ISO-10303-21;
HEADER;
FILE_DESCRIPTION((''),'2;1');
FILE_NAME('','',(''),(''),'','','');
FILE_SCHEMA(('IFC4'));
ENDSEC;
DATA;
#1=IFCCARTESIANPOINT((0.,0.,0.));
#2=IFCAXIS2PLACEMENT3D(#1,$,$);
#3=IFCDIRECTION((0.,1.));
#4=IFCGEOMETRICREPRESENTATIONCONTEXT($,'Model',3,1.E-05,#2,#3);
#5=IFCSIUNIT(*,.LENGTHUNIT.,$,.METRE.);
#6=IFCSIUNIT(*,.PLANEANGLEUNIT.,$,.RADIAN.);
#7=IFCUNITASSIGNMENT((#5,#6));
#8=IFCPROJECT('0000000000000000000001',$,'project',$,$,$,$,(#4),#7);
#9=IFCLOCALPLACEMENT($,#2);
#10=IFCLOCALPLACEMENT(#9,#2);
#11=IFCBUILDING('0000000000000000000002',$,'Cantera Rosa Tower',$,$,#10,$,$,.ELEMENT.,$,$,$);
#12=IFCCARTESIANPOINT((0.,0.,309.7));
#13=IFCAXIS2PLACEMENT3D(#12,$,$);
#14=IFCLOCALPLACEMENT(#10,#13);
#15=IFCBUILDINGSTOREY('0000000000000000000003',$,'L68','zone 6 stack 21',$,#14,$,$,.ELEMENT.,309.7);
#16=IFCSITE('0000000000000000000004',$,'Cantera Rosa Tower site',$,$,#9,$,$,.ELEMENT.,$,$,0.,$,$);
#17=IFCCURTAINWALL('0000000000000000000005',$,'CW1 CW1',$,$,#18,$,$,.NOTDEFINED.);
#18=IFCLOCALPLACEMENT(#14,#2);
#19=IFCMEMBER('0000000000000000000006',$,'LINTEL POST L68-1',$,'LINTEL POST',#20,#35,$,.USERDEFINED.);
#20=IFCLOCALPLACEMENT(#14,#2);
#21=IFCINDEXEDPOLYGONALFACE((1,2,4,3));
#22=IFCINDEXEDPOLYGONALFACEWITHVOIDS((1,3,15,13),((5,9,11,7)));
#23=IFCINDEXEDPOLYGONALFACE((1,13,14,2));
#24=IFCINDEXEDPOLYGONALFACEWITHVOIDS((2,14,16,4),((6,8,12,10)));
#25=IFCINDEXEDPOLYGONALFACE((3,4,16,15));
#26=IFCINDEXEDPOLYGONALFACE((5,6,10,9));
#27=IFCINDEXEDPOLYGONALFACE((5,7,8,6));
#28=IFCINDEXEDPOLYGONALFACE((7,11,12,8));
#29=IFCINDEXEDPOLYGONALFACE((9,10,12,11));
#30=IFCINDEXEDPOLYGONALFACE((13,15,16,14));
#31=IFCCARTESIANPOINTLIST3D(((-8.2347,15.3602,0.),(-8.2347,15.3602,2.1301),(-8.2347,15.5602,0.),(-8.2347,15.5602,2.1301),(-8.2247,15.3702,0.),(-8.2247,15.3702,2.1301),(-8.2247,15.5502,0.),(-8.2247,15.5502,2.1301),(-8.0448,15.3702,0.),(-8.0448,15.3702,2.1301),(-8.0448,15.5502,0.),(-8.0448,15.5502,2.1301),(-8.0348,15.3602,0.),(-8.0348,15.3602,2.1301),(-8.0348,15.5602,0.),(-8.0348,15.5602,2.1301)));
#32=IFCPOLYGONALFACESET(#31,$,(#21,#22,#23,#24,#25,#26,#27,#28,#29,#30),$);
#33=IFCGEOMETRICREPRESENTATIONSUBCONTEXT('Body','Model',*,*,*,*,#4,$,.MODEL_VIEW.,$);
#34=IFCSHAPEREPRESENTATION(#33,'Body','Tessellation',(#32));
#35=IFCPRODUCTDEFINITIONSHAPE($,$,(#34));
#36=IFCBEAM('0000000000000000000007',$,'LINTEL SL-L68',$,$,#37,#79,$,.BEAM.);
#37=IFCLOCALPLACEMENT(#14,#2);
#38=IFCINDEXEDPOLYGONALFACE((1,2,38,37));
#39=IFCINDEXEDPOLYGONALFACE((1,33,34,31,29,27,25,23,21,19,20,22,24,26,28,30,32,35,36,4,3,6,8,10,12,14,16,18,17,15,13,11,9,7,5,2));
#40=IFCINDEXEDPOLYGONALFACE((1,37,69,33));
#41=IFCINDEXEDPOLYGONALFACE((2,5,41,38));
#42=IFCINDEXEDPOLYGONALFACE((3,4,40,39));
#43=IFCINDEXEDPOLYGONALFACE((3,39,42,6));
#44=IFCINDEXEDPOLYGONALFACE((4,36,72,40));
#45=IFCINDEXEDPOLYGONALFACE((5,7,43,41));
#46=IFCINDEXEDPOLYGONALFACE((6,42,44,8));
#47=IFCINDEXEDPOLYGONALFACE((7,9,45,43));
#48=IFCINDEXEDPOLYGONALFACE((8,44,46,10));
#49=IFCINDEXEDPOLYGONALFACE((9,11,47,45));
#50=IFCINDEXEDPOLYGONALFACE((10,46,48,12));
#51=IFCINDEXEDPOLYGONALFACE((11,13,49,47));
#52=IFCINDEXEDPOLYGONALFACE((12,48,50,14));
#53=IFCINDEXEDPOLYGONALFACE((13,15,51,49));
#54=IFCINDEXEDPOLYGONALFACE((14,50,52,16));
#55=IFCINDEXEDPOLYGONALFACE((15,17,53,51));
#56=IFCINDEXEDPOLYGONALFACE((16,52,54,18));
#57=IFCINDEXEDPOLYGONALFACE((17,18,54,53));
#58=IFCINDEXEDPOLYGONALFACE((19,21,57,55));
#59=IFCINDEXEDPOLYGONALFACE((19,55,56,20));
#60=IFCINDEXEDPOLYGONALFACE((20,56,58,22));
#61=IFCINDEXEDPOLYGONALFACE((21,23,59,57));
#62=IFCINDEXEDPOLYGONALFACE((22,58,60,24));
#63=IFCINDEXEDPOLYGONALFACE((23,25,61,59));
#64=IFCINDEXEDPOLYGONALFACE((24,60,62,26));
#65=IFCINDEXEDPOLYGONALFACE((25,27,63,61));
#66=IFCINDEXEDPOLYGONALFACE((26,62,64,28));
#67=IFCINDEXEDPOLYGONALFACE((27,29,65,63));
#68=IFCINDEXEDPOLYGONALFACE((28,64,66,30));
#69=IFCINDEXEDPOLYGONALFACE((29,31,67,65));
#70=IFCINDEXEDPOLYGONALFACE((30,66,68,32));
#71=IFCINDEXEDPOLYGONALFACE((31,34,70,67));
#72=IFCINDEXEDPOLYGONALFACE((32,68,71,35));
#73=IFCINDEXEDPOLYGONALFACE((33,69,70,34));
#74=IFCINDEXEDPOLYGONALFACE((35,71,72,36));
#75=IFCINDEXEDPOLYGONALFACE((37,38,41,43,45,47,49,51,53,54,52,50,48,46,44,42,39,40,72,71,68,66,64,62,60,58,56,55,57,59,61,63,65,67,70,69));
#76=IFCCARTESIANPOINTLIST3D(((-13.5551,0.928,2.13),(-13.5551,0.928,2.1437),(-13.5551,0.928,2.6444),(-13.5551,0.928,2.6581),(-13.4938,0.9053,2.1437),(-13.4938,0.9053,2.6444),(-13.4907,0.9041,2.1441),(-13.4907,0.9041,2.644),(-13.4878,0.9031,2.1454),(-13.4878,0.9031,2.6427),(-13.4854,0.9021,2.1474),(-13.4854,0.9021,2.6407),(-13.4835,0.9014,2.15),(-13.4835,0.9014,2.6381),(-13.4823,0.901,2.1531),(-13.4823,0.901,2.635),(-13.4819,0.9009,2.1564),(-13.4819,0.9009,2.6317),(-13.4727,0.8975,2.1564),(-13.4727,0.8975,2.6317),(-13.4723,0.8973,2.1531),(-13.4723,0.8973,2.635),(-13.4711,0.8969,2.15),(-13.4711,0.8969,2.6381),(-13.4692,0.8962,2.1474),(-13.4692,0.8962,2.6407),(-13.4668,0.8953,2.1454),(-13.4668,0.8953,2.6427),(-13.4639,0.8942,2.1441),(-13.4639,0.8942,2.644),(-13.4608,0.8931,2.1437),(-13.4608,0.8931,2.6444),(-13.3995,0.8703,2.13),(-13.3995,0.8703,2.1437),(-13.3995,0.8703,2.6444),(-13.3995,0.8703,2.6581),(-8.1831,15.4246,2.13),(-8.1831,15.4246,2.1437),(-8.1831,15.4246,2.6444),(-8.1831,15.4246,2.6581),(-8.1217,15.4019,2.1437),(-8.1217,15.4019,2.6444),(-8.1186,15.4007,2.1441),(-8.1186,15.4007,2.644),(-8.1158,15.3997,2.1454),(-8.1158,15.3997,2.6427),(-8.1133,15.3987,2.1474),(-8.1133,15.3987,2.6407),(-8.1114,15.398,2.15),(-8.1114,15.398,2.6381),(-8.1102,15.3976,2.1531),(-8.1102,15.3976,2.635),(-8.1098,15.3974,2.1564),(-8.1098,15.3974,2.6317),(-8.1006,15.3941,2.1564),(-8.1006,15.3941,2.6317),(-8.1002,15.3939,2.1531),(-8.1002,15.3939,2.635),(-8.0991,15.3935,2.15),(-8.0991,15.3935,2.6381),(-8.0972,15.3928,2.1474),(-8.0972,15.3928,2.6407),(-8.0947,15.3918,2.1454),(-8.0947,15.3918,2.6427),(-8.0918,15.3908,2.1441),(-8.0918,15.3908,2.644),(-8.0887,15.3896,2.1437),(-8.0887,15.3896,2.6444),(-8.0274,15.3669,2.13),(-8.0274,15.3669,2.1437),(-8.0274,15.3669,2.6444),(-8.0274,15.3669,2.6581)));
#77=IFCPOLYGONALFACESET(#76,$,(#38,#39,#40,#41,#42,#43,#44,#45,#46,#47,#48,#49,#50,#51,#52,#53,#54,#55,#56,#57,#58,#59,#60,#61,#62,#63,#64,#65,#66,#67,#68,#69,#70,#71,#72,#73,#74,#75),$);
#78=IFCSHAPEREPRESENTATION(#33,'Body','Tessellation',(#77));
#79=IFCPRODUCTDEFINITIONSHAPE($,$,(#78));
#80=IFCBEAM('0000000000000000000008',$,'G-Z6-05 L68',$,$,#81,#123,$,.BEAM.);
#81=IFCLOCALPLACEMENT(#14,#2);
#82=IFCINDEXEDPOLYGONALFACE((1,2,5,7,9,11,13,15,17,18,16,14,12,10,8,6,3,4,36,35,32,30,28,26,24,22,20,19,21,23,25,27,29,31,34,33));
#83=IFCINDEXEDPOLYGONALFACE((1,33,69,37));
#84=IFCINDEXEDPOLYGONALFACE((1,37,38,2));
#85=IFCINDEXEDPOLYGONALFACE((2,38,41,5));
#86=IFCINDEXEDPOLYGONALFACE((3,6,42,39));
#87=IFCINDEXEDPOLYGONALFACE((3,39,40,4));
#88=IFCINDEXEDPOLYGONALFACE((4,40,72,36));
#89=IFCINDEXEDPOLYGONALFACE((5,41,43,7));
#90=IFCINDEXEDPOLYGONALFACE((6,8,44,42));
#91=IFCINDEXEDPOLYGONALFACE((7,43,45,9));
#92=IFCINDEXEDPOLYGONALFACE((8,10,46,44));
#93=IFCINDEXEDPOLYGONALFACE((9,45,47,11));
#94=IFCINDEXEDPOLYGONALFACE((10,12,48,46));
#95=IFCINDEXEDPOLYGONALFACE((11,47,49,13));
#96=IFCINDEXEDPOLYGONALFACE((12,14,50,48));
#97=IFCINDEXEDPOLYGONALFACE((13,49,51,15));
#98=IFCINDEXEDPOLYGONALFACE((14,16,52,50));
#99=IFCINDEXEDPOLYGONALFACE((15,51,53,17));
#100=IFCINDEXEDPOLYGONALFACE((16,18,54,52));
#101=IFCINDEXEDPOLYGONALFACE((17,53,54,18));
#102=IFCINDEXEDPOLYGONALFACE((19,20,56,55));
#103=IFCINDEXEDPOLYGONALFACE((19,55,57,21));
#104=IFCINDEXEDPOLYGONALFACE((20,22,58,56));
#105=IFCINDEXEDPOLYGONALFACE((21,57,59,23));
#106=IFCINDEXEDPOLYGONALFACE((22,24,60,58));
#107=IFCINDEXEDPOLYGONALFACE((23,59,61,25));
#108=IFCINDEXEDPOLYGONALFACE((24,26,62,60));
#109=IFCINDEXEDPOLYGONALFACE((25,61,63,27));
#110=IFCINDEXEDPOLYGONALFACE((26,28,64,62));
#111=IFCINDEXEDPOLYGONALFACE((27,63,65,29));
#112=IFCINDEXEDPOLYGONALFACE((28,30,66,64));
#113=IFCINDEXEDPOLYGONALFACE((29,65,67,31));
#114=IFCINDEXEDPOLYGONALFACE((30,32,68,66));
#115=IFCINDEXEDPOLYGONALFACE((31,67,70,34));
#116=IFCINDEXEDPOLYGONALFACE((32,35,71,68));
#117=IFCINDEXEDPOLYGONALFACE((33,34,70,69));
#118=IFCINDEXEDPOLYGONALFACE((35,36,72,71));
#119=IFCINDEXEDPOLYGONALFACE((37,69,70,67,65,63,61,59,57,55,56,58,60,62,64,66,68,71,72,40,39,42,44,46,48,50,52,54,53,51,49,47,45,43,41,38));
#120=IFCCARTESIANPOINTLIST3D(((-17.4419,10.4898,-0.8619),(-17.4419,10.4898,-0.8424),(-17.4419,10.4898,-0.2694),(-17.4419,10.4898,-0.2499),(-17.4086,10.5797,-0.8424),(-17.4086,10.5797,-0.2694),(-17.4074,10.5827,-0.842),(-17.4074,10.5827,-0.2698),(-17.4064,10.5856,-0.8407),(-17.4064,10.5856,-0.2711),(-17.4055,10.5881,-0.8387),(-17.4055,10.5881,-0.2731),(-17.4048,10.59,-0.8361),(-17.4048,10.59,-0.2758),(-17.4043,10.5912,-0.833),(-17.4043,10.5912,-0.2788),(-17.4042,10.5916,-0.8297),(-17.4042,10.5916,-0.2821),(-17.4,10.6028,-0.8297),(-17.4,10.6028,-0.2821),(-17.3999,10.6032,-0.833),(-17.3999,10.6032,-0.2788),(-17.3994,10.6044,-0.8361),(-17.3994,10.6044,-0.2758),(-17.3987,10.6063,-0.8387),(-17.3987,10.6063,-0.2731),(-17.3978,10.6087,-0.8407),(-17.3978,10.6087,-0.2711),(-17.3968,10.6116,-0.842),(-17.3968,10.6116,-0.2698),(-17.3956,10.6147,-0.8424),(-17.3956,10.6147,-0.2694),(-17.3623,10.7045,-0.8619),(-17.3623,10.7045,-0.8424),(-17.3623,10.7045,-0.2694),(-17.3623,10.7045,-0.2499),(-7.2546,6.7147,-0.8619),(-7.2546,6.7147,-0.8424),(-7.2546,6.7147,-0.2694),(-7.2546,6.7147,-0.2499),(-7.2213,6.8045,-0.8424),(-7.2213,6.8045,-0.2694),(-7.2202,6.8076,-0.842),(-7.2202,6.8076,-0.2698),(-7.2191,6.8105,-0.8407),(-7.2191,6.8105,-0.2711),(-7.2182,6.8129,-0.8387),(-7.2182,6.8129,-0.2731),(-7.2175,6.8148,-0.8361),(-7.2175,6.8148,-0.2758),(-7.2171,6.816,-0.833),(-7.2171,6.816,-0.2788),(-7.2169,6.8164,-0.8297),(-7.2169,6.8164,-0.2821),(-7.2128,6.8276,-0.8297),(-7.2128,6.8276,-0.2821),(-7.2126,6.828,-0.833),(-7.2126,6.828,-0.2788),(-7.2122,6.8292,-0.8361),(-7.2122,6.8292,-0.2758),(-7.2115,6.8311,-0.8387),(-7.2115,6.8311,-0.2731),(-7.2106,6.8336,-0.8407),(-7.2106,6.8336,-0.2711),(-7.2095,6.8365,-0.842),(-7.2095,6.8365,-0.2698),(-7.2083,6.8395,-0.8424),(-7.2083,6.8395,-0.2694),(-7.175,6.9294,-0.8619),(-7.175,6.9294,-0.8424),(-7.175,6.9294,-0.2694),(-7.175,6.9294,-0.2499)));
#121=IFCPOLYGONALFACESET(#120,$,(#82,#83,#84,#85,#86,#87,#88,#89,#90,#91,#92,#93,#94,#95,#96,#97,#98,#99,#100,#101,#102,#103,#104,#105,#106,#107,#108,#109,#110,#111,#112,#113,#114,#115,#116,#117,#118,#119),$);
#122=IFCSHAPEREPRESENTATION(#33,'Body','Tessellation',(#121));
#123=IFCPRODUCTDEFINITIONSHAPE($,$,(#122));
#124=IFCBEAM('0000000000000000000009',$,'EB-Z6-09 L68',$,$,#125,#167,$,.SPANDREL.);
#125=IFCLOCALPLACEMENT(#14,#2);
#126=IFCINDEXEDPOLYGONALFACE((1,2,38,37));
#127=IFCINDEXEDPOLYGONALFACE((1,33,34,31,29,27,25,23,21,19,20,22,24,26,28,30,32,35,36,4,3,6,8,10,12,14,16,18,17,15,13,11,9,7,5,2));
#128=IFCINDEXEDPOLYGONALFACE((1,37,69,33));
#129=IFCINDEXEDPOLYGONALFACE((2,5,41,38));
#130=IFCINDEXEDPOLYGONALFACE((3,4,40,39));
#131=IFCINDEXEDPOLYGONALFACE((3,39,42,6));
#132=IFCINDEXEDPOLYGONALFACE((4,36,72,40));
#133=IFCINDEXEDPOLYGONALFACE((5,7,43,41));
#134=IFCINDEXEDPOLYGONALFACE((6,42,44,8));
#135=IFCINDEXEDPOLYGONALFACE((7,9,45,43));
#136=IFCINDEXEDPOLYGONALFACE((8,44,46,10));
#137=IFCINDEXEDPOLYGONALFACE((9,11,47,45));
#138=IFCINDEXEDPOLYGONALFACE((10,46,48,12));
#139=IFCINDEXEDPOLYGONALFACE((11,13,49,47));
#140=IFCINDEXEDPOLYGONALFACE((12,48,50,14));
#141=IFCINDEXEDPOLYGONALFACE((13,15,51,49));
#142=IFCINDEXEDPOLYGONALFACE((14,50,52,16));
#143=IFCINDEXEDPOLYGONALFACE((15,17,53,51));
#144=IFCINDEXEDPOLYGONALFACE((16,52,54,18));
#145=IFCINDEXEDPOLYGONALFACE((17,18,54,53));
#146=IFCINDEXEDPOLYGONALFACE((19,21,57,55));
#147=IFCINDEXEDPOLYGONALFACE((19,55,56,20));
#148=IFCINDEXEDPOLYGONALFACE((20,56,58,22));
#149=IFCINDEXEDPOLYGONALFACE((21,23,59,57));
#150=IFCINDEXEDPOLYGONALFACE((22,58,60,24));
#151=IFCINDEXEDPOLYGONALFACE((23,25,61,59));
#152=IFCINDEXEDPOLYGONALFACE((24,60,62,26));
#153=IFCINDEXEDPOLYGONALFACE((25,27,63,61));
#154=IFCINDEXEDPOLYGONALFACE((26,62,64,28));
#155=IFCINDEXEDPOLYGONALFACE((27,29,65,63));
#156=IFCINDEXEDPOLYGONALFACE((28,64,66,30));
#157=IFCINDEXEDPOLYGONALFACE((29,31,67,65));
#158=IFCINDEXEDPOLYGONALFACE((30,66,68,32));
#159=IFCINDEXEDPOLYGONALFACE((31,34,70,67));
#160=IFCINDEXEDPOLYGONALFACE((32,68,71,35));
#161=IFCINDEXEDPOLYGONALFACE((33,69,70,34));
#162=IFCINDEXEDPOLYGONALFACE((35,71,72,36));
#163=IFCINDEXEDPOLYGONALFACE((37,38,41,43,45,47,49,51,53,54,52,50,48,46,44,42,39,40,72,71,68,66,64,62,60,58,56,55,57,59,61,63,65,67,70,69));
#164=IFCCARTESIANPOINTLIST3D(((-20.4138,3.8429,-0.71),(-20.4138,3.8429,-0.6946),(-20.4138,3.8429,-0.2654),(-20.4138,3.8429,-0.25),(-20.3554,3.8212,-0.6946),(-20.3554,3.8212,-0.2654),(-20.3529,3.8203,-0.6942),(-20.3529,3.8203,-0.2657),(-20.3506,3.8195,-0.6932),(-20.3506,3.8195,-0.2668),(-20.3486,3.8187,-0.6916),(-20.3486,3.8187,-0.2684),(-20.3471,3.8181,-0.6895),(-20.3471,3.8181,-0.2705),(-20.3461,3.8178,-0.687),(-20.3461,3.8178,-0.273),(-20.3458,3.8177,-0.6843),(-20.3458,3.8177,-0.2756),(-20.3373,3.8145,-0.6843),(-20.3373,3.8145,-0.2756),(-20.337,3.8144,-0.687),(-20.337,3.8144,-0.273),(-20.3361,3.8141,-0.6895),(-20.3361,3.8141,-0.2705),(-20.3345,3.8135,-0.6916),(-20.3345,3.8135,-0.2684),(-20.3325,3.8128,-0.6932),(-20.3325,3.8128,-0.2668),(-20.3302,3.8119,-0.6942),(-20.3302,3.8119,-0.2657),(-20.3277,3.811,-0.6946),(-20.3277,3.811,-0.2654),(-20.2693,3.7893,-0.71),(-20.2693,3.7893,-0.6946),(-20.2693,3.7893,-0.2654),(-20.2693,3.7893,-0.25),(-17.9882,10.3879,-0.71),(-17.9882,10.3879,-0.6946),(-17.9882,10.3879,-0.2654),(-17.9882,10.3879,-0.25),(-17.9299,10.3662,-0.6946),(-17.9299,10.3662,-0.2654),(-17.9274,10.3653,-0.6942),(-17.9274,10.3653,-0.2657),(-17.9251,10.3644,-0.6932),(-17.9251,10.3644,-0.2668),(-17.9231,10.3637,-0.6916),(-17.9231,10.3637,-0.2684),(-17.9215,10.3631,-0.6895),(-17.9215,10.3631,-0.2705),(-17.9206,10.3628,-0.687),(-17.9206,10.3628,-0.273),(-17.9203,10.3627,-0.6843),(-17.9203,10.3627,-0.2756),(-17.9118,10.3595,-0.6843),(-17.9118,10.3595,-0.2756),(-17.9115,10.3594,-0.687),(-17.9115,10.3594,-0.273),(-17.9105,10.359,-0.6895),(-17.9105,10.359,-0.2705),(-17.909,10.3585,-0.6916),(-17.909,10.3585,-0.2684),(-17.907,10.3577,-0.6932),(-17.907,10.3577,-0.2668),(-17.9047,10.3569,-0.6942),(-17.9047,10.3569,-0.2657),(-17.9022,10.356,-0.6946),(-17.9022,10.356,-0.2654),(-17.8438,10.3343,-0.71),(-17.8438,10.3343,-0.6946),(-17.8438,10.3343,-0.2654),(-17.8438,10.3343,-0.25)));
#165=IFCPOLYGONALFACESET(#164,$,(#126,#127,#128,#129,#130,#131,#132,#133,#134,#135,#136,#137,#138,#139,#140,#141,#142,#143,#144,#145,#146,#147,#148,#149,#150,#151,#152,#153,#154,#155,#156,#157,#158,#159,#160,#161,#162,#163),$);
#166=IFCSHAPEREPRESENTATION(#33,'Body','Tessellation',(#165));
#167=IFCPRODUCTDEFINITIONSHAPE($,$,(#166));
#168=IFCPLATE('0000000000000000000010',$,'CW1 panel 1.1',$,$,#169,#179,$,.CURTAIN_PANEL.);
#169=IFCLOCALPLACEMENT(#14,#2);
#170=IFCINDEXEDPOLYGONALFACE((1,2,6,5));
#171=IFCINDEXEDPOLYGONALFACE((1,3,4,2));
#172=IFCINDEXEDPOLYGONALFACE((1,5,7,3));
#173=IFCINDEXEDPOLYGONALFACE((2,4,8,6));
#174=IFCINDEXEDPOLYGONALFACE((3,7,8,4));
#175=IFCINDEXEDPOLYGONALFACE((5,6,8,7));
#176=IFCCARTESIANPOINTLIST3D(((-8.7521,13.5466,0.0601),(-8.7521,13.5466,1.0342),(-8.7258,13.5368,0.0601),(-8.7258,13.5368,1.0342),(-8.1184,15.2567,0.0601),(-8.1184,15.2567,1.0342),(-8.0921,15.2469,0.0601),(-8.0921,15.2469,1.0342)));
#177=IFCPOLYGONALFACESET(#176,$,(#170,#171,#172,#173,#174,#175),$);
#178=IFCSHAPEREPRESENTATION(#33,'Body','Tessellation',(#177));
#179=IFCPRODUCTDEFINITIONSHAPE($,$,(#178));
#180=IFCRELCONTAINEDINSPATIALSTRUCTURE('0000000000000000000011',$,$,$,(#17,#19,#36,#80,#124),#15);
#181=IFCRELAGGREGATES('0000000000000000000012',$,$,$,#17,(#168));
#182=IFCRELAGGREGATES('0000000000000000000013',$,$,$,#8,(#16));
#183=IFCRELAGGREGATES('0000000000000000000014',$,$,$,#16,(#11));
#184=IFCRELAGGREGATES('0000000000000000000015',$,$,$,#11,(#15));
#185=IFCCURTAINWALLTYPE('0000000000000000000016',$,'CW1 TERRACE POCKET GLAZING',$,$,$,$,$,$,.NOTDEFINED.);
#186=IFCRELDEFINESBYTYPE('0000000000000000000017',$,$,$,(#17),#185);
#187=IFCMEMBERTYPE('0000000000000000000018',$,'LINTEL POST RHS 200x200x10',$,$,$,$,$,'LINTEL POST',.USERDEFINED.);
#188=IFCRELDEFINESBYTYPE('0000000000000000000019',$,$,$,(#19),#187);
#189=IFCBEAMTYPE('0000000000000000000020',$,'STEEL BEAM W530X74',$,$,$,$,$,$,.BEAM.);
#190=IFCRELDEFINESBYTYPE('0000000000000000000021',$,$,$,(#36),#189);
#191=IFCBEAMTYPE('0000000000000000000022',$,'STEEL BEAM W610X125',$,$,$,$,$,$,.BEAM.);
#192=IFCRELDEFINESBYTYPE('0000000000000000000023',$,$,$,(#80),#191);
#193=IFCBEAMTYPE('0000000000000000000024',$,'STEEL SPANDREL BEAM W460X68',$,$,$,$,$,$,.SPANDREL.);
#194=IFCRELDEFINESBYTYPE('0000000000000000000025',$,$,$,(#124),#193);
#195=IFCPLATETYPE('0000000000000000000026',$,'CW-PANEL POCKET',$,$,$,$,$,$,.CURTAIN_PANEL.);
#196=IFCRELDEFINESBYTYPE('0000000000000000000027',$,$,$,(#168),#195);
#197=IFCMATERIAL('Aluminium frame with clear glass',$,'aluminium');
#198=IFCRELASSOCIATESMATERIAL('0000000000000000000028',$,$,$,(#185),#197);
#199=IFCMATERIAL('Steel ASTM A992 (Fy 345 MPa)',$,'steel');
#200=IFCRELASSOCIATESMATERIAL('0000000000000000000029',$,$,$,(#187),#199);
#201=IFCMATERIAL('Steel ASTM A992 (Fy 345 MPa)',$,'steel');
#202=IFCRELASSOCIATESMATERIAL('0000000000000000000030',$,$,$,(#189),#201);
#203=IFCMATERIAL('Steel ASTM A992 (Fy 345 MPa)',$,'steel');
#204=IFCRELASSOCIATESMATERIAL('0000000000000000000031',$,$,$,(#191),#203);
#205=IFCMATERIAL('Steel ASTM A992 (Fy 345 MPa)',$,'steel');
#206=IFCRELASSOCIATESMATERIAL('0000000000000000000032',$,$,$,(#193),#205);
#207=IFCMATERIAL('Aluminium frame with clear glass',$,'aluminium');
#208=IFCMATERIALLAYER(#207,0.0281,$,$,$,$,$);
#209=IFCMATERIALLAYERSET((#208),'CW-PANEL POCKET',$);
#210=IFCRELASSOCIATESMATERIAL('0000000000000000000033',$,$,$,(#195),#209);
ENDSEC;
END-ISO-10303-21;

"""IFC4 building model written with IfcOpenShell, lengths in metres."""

from ifc_helpers import new_model, si_unit, direction, frame, origin, origin_2d, place, context, subcontext, project, spatial, rectangle, hollow_rectangle, i_section, extrude, material, layer, layer_set, material_profile, profile_set, type_object, element, aggregate, save


model = new_model("IFC4")

# Units and contexts
model_context = context("Model", 3, precision=1e-05, world=origin(), true_north=direction((0.0, 1.0)))
body_context = subcontext(model_context, "Body", "Model", "MODEL_VIEW")
ifc_project = project(units=[si_unit("LENGTHUNIT", "METRE"), si_unit("PLANEANGLEUNIT", "RADIAN")], contexts=[model_context])

# Site, building, storey
site_placement = place(None, origin())
site = spatial("IfcSite", under=ifc_project, at=site_placement, Name="Cantera Rosa Tower site", CompositionType="ELEMENT", RefElevation=0.0)
building_placement = place(site_placement, origin())
building = spatial("IfcBuilding", under=site, at=building_placement, Name="Cantera Rosa Tower", CompositionType="ELEMENT")
storey_placement = place(building_placement, frame((0.0, 0.0, 309.7)))
storey = spatial("IfcBuildingStorey", under=building, at=storey_placement, Name="L68", Description="zone 6 stack 21", CompositionType="ELEMENT", Elevation=309.7)

# Curtain wall
ifc_material_1 = material(Name="Aluminium frame with clear glass", Category="aluminium")
curtain_wall_type = type_object("IfcCurtainWallType", Name="CW1 TERRACE POCKET GLAZING", PredefinedType="NOTDEFINED", material=ifc_material_1)
curtain_wall_placement = place(storey_placement, origin())
curtain_wall = element("IfcCurtainWall", 1, at=curtain_wall_placement, inside=storey, type_object=curtain_wall_type, Name="CW1 CW1", PredefinedType="NOTDEFINED")

# Member
ifc_material_2 = material(Name="Steel ASTM A992 (Fy 345 MPa)", Category="steel")
ifc_material_profile_1 = material_profile(ifc_material_2, hollow_rectangle(XDim=0.2, YDim=0.2, WallThickness=0.01, at=origin_2d()), Name="LINTEL POST RHS 200x200x10")
ifc_profile_set_1 = profile_set([ifc_material_profile_1], Name="Steel ASTM A992 (Fy 345 MPa)")
member_type_1 = type_object("IfcMemberType", Name="LINTEL POST RHS 200x200x10", ElementType="LINTEL POST", PredefinedType="USERDEFINED", material=ifc_profile_set_1)
member_1_placement = place(storey_placement, frame((-8.1348, 15.4602, 0.0), z_axis=(0.0, 0.0, 1.0), x_axis=(1.0, 0.0, 0.0)))
element("IfcMember", 2, at=member_1_placement, inside=storey, type_object=member_type_1, Name="LINTEL POST L68-1", ObjectType="LINTEL POST", PredefinedType="USERDEFINED", context=body_context, shape_type="SweptSolid", body=[
    extrude(hollow_rectangle(XDim=0.2, YDim=0.2, WallThickness=0.01, at=origin_2d()), origin(), (0.0, 0.0, 1.0), 2.1301),
])

# Beams
ifc_material_3 = material(Name="Steel ASTM A992 (Fy 345 MPa)", Category="steel")
ifc_material_profile_2 = material_profile(ifc_material_3, i_section(OverallWidth=0.166, OverallDepth=0.5281, WebThickness=0.0098, FlangeThickness=0.0137, FilletRadius=0.0127, at=origin_2d()), Name="W530X74")
ifc_profile_set_2 = profile_set([ifc_material_profile_2], Name="Steel ASTM A992 (Fy 345 MPa)")
beam_type_1 = type_object("IfcBeamType", Name="STEEL BEAM W530X74", PredefinedType="BEAM", material=ifc_profile_set_2)
beam_1_placement = place(storey_placement, frame((-8.1052, 15.3958, 2.394), z_axis=(-0.347483, -0.937686, 0.0), x_axis=(0.937686, -0.347483, 0.0)))
element("IfcBeam", 3, at=beam_1_placement, inside=storey, type_object=beam_type_1, Name="LINTEL SL-L68", PredefinedType="BEAM", context=body_context, shape_type="SweptSolid", body=[
    extrude(i_section(OverallWidth=0.166, OverallDepth=0.5281, WebThickness=0.0098, FlangeThickness=0.0137, FilletRadius=0.0127, at=origin_2d()), origin(), (0.0, 0.0, 1.0), 15.46),
])
ifc_material_4 = material(Name="Steel ASTM A992 (Fy 345 MPa)", Category="steel")
ifc_material_profile_3 = material_profile(ifc_material_4, i_section(OverallWidth=0.229, OverallDepth=0.6121, WebThickness=0.012, FlangeThickness=0.0195, FilletRadius=0.0127, at=origin_2d()), Name="W610X125")
ifc_profile_set_3 = profile_set([ifc_material_profile_3], Name="Steel ASTM A992 (Fy 345 MPa)")
beam_type_2 = type_object("IfcBeamType", Name="STEEL BEAM W610X125", PredefinedType="BEAM", material=ifc_profile_set_3)
beam_2_placement = place(storey_placement, frame((-17.4021, 10.5972, -0.5559), z_axis=(0.937686, -0.347483, 0.0), x_axis=(0.347483, 0.937686, 0.0)))
element("IfcBeam", 4, at=beam_2_placement, inside=storey, type_object=beam_type_2, Name="G-Z6-05 L68", PredefinedType="BEAM", context=body_context, shape_type="SweptSolid", body=[
    extrude(i_section(OverallWidth=0.229, OverallDepth=0.6121, WebThickness=0.012, FlangeThickness=0.0195, FilletRadius=0.0127, at=origin_2d()), origin(), (0.0, 0.0, 1.0), 10.8643),
])
ifc_material_5 = material(Name="Steel ASTM A992 (Fy 345 MPa)", Category="steel")
ifc_material_profile_4 = material_profile(ifc_material_5, i_section(OverallWidth=0.1541, OverallDepth=0.46, WebThickness=0.009, FlangeThickness=0.0154, FilletRadius=0.0103, at=origin_2d()), Name="W460X68")
ifc_profile_set_4 = profile_set([ifc_material_profile_4], Name="Steel ASTM A992 (Fy 345 MPa)")
beam_type_3 = type_object("IfcBeamType", Name="STEEL SPANDREL BEAM W460X68", PredefinedType="SPANDREL", material=ifc_profile_set_4)
beam_3_placement = place(storey_placement, frame((-17.916, 10.3611, -0.48), z_axis=(-0.347502, -0.937679, 0.0), x_axis=(0.937679, -0.347502, 0.0)))
element("IfcBeam", 5, at=beam_3_placement, inside=storey, type_object=beam_type_3, Name="EB-Z6-09 L68", PredefinedType="SPANDREL", context=body_context, shape_type="SweptSolid", body=[
    extrude(i_section(OverallWidth=0.1541, OverallDepth=0.46, WebThickness=0.009, FlangeThickness=0.0154, FilletRadius=0.0103, at=origin_2d()), origin(), (0.0, 0.0, 1.0), 6.98),
])

# Plate
ifc_material_6 = material(Name="Aluminium frame with clear glass", Category="aluminium")
ifc_layer_1 = layer(ifc_material_6, 0.0281)
ifc_layer_set_1 = layer_set([ifc_layer_1], Name="CW-PANEL POCKET")
plate_type = type_object("IfcPlateType", Name="CW-PANEL POCKET", PredefinedType="CURTAIN_PANEL", material=ifc_layer_set_1)
plate_1_placement = place(storey_placement, frame((-8.4221, 14.3967, 0.0601), z_axis=(0.0, 0.0, 1.0), x_axis=(-0.347481, -0.937687, 0.0)))
plate_1 = element("IfcPlate", 6, at=plate_1_placement, type_object=plate_type, Name="CW1 panel 1.1", PredefinedType="CURTAIN_PANEL", context=body_context, shape_type="SweptSolid", body=[
    extrude(rectangle(XDim=1.8237, YDim=0.0281, at=origin_2d()), origin(), (0.0, 0.0, 1.0), 0.9741),
])
aggregate(curtain_wall, [plate_1])

save(model, "model.ifc")
